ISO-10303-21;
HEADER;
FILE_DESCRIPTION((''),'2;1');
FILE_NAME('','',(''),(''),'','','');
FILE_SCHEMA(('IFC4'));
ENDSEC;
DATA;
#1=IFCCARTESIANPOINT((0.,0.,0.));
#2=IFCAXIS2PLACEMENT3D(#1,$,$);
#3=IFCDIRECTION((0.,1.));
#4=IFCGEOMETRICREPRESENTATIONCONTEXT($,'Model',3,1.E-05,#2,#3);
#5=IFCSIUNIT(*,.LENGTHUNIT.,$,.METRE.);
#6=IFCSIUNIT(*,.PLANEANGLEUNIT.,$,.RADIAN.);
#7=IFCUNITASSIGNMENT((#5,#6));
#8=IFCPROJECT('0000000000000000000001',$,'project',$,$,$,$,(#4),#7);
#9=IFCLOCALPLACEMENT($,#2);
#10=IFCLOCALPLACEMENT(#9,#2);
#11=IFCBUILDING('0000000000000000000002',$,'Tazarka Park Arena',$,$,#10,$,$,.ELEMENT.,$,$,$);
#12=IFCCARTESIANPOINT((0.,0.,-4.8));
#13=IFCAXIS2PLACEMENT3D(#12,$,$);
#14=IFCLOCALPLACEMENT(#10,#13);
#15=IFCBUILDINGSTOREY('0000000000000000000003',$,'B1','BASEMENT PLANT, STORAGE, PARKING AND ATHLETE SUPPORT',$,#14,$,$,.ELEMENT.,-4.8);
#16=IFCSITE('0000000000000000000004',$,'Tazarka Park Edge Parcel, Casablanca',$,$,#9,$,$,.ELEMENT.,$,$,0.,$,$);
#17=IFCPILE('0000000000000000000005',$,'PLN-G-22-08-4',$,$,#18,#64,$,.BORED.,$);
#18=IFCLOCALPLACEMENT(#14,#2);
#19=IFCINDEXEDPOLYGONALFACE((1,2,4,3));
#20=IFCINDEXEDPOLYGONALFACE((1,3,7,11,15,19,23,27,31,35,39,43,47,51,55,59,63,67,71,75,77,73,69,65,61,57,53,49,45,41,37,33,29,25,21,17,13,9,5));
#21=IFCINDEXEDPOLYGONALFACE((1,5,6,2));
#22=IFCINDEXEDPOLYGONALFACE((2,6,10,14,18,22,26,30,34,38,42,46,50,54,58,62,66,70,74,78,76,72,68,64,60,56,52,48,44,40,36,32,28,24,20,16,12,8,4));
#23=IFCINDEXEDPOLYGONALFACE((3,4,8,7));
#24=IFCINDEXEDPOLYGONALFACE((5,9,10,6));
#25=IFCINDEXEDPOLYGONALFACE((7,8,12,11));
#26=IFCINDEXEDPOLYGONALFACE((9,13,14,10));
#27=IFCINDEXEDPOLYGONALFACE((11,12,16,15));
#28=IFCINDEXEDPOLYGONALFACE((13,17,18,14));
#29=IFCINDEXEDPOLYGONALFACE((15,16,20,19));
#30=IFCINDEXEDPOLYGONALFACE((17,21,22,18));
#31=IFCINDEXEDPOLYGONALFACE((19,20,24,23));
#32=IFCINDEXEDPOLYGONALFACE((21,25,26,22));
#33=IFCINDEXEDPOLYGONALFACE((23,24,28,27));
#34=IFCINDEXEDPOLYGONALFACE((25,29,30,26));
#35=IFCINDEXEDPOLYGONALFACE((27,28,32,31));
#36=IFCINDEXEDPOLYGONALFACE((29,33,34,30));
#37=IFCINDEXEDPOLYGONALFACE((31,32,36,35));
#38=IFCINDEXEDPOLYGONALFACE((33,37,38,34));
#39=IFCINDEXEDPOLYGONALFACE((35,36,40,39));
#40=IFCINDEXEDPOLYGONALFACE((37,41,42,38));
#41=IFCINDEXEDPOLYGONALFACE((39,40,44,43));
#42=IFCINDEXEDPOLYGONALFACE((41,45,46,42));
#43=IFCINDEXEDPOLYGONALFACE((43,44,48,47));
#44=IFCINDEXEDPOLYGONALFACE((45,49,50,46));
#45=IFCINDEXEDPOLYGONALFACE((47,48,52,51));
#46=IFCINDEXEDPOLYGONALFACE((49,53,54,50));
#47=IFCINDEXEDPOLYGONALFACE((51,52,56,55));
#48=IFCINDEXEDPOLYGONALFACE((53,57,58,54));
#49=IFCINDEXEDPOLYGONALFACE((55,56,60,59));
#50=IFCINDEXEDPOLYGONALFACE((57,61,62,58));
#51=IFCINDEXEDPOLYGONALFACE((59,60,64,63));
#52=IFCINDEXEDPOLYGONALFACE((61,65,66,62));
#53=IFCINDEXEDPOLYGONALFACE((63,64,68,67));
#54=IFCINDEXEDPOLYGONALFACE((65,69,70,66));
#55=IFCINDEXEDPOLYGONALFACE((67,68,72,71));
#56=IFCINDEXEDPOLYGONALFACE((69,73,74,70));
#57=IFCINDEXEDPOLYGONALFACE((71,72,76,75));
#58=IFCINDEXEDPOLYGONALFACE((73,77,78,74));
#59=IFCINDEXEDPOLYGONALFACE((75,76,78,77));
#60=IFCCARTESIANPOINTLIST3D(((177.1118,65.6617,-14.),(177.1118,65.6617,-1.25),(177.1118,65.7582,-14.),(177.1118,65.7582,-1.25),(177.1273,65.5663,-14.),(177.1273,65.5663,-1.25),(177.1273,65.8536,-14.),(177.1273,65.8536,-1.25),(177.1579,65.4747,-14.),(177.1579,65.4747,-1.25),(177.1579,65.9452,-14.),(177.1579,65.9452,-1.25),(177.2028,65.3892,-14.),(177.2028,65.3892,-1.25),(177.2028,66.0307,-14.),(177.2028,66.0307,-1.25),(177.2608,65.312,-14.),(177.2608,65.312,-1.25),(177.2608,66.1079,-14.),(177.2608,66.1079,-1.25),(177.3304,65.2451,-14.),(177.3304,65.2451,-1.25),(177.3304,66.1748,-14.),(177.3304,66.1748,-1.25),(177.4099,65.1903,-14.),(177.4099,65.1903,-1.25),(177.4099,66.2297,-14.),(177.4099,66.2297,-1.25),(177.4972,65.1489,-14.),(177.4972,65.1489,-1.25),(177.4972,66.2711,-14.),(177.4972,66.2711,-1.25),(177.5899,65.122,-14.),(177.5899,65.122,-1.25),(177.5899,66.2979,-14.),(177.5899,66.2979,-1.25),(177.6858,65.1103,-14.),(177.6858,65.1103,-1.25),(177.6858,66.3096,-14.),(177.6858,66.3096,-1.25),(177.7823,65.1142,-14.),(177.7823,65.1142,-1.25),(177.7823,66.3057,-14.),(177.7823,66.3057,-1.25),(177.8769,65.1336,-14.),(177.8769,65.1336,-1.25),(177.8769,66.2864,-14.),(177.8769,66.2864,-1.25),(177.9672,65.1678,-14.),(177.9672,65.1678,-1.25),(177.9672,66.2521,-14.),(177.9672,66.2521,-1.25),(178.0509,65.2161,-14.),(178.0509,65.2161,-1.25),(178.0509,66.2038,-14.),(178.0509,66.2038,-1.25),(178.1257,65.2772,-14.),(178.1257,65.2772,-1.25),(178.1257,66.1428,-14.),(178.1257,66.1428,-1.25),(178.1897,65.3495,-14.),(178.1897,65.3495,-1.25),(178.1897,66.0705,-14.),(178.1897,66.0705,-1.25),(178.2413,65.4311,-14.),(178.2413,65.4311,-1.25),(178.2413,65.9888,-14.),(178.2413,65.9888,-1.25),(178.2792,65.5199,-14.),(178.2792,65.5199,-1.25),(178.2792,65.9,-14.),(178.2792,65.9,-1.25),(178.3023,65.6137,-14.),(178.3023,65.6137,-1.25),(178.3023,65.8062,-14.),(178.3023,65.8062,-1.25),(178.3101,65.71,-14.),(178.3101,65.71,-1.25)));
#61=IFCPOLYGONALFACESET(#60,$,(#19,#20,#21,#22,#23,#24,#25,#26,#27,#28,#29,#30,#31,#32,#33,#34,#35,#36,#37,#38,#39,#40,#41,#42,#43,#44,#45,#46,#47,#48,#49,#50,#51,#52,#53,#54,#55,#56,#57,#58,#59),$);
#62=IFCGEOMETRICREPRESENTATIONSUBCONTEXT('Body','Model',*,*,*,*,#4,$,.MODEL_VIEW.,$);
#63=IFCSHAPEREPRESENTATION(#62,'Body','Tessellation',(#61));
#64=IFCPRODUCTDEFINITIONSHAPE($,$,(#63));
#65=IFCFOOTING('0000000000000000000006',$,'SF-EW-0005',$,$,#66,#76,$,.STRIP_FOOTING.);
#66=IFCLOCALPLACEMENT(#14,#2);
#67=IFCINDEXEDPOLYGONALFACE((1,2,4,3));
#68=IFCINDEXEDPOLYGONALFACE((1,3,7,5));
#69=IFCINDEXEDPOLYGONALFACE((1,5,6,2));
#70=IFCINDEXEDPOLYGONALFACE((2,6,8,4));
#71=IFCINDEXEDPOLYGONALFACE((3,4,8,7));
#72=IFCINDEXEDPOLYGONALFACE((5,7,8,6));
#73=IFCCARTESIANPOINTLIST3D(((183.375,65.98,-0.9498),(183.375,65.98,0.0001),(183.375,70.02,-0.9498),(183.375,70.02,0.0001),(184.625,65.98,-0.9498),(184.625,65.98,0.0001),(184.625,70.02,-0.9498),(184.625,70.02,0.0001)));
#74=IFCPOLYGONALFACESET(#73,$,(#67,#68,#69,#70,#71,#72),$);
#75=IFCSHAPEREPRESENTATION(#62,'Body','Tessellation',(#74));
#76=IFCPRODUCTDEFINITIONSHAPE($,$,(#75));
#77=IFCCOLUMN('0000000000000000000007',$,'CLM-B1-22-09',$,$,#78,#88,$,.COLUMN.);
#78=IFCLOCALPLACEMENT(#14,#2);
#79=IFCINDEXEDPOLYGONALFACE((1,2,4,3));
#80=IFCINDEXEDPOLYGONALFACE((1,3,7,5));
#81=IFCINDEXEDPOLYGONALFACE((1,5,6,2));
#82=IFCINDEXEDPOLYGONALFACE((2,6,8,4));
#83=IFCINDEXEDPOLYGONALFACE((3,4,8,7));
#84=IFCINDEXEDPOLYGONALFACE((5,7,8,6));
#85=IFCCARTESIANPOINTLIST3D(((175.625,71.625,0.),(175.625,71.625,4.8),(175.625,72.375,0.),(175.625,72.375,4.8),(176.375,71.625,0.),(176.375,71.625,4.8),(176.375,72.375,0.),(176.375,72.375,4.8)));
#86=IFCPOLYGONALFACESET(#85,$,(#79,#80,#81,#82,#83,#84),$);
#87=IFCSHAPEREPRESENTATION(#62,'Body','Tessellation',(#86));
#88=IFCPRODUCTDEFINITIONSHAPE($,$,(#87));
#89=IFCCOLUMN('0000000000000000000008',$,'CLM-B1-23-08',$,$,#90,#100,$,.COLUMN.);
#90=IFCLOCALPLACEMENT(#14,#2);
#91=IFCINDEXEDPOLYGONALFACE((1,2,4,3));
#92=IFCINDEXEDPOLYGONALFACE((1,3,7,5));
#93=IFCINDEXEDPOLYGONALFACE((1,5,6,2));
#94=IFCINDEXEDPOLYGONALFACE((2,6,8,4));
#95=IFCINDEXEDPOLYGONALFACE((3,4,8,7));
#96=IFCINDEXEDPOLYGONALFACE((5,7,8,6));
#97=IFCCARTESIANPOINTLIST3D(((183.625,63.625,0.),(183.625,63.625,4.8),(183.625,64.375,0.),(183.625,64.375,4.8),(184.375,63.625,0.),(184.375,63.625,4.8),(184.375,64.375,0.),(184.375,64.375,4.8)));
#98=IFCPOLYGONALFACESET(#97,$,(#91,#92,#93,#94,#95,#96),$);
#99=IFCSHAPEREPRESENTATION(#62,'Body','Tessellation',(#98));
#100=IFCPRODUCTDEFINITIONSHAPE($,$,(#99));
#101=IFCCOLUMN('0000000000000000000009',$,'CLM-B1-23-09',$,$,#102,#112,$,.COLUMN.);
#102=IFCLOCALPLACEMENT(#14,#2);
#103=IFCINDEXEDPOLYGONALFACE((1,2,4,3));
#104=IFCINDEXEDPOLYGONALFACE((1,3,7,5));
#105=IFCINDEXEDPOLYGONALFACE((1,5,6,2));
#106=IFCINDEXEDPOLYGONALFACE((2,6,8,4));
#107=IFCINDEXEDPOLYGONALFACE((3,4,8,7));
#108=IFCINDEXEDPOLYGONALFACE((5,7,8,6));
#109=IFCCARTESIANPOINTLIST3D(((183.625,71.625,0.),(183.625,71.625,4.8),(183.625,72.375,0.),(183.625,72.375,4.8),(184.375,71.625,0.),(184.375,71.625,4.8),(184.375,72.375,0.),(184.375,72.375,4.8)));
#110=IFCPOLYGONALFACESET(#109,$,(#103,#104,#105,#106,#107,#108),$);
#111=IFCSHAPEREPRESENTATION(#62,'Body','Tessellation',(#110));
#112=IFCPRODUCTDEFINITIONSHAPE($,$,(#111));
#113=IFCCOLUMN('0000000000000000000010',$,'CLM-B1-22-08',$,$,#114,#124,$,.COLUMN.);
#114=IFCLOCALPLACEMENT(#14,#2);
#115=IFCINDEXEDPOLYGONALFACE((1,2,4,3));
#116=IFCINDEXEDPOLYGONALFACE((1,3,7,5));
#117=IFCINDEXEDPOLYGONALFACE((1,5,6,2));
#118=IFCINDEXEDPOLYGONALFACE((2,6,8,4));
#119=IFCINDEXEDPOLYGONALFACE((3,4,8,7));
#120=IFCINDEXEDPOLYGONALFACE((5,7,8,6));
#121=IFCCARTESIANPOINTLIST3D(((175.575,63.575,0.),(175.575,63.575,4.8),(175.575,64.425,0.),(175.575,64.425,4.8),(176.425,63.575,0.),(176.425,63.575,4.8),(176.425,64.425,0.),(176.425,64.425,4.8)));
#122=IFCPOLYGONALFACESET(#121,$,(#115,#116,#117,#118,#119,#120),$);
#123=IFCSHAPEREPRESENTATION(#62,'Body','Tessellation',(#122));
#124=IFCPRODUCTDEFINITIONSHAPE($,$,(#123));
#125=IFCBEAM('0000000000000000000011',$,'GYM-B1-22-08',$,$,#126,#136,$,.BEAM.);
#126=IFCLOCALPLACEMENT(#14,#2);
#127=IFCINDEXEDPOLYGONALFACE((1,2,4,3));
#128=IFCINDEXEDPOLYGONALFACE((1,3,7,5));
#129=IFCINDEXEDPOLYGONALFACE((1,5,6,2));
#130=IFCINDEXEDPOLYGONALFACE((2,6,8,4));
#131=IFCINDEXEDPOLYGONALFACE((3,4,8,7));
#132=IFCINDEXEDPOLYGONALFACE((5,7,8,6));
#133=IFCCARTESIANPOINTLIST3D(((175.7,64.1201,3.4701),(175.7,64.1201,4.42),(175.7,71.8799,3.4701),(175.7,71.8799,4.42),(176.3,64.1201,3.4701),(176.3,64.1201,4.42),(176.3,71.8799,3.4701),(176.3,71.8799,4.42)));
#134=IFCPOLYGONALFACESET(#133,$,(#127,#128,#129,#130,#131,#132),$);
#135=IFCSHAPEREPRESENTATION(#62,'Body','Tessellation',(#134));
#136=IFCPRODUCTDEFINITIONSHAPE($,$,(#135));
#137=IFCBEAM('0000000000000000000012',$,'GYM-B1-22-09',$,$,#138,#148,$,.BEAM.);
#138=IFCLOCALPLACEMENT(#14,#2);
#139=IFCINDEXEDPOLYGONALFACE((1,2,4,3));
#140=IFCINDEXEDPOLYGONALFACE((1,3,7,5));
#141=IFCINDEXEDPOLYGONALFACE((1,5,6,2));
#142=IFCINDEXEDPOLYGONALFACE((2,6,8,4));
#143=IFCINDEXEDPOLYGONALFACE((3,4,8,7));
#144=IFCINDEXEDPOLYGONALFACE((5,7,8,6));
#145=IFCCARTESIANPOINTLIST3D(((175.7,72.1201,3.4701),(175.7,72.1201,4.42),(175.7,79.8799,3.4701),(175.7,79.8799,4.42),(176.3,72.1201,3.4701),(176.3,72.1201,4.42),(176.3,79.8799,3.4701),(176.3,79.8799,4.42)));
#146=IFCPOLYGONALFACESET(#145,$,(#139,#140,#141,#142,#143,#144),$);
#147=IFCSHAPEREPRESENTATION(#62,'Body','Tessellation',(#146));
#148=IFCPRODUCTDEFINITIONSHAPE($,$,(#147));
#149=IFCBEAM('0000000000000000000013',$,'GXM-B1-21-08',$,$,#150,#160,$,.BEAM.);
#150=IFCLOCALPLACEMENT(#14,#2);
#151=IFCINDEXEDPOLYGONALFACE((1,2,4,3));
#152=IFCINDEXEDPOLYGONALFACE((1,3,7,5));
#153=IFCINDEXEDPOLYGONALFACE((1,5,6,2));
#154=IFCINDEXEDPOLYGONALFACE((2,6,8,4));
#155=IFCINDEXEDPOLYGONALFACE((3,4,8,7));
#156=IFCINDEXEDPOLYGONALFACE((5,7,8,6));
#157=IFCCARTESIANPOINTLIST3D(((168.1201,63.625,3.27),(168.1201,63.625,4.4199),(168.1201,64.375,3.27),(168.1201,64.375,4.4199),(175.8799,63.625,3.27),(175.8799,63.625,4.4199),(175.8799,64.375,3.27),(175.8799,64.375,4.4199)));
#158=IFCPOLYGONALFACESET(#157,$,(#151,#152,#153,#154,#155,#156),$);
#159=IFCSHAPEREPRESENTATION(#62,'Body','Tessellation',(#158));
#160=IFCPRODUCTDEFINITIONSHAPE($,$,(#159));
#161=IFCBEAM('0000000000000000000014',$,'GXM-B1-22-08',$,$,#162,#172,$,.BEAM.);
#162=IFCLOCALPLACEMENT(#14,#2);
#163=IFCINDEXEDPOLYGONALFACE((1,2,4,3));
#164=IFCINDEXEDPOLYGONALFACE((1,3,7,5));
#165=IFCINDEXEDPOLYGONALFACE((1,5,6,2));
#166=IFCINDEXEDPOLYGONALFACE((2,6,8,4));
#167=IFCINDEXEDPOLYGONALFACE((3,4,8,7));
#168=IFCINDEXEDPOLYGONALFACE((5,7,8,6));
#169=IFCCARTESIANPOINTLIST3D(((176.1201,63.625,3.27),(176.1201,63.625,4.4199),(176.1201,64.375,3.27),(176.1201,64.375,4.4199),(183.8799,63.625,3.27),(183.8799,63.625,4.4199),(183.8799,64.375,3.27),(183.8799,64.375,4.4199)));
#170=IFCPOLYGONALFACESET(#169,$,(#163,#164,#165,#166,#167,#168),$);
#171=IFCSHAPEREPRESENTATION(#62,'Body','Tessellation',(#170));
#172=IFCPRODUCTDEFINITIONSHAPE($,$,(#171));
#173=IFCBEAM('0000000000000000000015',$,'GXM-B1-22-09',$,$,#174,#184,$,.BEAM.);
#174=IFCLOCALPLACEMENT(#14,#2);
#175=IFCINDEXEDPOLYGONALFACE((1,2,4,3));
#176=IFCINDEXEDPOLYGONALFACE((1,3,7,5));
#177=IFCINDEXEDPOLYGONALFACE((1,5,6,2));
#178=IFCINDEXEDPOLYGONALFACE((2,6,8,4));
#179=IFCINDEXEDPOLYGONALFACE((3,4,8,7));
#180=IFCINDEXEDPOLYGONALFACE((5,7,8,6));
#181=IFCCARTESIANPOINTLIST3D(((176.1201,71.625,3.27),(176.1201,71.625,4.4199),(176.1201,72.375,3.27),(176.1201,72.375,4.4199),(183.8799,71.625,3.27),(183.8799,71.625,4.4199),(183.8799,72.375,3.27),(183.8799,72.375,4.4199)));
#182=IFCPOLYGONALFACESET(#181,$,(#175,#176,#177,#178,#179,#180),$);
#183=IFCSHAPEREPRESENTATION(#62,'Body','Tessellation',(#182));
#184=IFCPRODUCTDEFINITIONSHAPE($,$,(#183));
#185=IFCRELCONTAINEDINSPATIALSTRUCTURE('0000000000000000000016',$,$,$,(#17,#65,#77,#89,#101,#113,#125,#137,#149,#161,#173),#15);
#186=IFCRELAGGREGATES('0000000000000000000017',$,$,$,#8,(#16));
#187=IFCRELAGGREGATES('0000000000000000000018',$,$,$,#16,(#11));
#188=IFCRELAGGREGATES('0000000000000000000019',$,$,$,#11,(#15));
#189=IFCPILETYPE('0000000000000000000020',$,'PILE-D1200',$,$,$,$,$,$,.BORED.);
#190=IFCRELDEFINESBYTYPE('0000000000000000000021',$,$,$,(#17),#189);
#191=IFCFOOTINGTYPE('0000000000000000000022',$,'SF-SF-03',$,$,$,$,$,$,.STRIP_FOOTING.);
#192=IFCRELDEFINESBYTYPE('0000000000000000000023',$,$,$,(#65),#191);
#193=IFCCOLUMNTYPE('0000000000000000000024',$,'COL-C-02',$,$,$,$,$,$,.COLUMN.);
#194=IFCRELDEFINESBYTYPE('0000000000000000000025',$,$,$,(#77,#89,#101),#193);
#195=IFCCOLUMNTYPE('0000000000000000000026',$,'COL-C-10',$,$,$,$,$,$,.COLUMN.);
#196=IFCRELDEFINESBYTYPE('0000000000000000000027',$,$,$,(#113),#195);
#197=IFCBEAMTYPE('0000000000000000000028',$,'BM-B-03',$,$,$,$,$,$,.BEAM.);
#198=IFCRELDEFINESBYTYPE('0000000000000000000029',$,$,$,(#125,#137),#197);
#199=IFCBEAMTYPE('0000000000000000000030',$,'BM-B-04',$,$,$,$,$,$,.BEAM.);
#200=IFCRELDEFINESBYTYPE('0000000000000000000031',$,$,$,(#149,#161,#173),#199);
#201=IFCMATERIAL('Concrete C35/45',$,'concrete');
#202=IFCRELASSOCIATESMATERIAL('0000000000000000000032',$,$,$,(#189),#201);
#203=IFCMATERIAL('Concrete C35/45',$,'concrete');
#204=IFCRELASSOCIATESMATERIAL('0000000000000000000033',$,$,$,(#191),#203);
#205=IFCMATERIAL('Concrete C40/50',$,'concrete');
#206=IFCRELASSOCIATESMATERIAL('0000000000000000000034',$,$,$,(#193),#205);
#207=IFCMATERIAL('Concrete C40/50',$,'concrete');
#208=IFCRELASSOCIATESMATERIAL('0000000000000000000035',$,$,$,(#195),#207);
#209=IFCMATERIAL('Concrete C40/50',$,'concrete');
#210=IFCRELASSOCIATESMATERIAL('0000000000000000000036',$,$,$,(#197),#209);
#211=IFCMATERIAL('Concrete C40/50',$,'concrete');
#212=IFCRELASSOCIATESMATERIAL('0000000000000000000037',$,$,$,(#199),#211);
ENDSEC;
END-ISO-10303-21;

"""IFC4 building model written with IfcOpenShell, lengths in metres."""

from ifc_helpers import new_model, si_unit, direction, frame, origin, origin_2d, place, context, subcontext, project, spatial, rectangle, circle, extrude, material, material_profile, profile_set, type_object, element, save


model = new_model("IFC4")

# Units and contexts
model_context = context("Model", 3, precision=1e-05, world=origin(), true_north=direction((0.0, 1.0)))
body_context = subcontext(model_context, "Body", "Model", "MODEL_VIEW")
ifc_project = project(units=[si_unit("LENGTHUNIT", "METRE"), si_unit("PLANEANGLEUNIT", "RADIAN")], contexts=[model_context])

# Site, building, storey
site_placement = place(None, origin())
site = spatial("IfcSite", under=ifc_project, at=site_placement, Name="Tazarka Park Edge Parcel, Casablanca", CompositionType="ELEMENT", RefElevation=0.0)
building_placement = place(site_placement, origin())
building = spatial("IfcBuilding", under=site, at=building_placement, Name="Tazarka Park Arena", CompositionType="ELEMENT")
storey_placement = place(building_placement, frame((0.0, 0.0, -4.8)))
storey = spatial("IfcBuildingStorey", under=building, at=storey_placement, Name="B1", Description="BASEMENT PLANT, STORAGE, PARKING AND ATHLETE SUPPORT", CompositionType="ELEMENT", Elevation=-4.8)

# Pile
ifc_material_1 = material(Name="Concrete C35/45", Category="concrete")
ifc_material_profile_1 = material_profile(ifc_material_1, circle(Radius=0.6001, at=origin_2d()), Name="Concrete C35/45")
ifc_profile_set_1 = profile_set([ifc_material_profile_1], Name="Concrete C35/45")
pile_type = type_object("IfcPileType", Name="PILE-D1200", PredefinedType="BORED", material=ifc_profile_set_1)
for number, where, z_axis, x_axis, name in (
    (1, (177.71, 65.71, -1.25), (0.0, 0.0, -1.0), (1.0, 0.0, 0.0), "PLN-G-22-08-4"),
):
    element("IfcPile", number, at=place(storey_placement, frame(where, z_axis=z_axis, x_axis=x_axis)), inside=storey, type_object=pile_type, Name=name, PredefinedType="BORED", context=body_context, shape_type="SweptSolid", body=[
        extrude(circle(Radius=0.6001, at=origin_2d()), origin(), (0.0, 0.0, 1.0), 12.75),
    ])

# Footing
ifc_material_2 = material(Name="Concrete C35/45", Category="concrete")
ifc_material_profile_2 = material_profile(ifc_material_2, rectangle(XDim=1.25, YDim=0.95, at=origin_2d()), Name="Concrete C35/45")
ifc_profile_set_2 = profile_set([ifc_material_profile_2], Name="Concrete C35/45")
footing_type_1 = type_object("IfcFootingType", Name="SF-SF-03", PredefinedType="STRIP_FOOTING", material=ifc_profile_set_2)
footing_1_placement = place(storey_placement, frame((184.0, 70.02, -0.4749), z_axis=(0.0, -1.0, 0.0), x_axis=(1.0, 0.0, 0.0)))
element("IfcFooting", 2, at=footing_1_placement, inside=storey, type_object=footing_type_1, Name="SF-EW-0005", PredefinedType="STRIP_FOOTING", context=body_context, shape_type="SweptSolid", body=[
    extrude(rectangle(XDim=1.25, YDim=0.95, at=origin_2d()), origin(), (0.0, 0.0, 1.0), 4.04),
])

# Columns
ifc_material_3 = material(Name="Concrete C40/50", Category="concrete")
ifc_material_profile_3 = material_profile(ifc_material_3, rectangle(XDim=0.75, YDim=0.75, at=origin_2d()), Name="Concrete C40/50")
ifc_profile_set_3 = profile_set([ifc_material_profile_3], Name="Concrete C40/50")
column_type_1 = type_object("IfcColumnType", Name="COL-C-02", PredefinedType="COLUMN", material=ifc_profile_set_3)
for number, where, z_axis, x_axis, name in (
    (3, (176.0, 72.0, 0.0), (0.0, 0.0, 1.0), (1.0, 0.0, 0.0), "CLM-B1-22-09"),
    (4, (184.0, 64.0, 0.0), (0.0, 0.0, 1.0), (1.0, 0.0, 0.0), "CLM-B1-23-08"),
    (5, (184.0, 72.0, 0.0), (0.0, 0.0, 1.0), (1.0, 0.0, 0.0), "CLM-B1-23-09"),
):
    element("IfcColumn", number, at=place(storey_placement, frame(where, z_axis=z_axis, x_axis=x_axis)), inside=storey, type_object=column_type_1, Name=name, PredefinedType="COLUMN", context=body_context, shape_type="SweptSolid", body=[
        extrude(rectangle(XDim=0.75, YDim=0.75, at=origin_2d()), origin(), (0.0, 0.0, 1.0), 4.8),
    ])
ifc_material_4 = material(Name="Concrete C40/50", Category="concrete")
ifc_material_profile_4 = material_profile(ifc_material_4, rectangle(XDim=0.8501, YDim=0.8501, at=origin_2d()), Name="Concrete C40/50")
ifc_profile_set_4 = profile_set([ifc_material_profile_4], Name="Concrete C40/50")
column_type_2 = type_object("IfcColumnType", Name="COL-C-10", PredefinedType="COLUMN", material=ifc_profile_set_4)
column_placement = place(storey_placement, frame((176.0, 64.0, 0.0), z_axis=(0.0, 0.0, 1.0), x_axis=(1.0, 0.0, 0.0)))
element("IfcColumn", 6, at=column_placement, inside=storey, type_object=column_type_2, Name="CLM-B1-22-08", PredefinedType="COLUMN", context=body_context, shape_type="SweptSolid", body=[
    extrude(rectangle(XDim=0.8501, YDim=0.8501, at=origin_2d()), origin(), (0.0, 0.0, 1.0), 4.8),
])

# Beams
ifc_material_5 = material(Name="Concrete C40/50", Category="concrete")
ifc_material_profile_5 = material_profile(ifc_material_5, rectangle(XDim=0.6001, YDim=0.95, at=origin_2d()), Name="Concrete C40/50")
ifc_profile_set_5 = profile_set([ifc_material_profile_5], Name="Concrete C40/50")
beam_type_1 = type_object("IfcBeamType", Name="BM-B-03", PredefinedType="BEAM", material=ifc_profile_set_5)
for number, where, z_axis, x_axis, name in (
    (7, (176.0, 64.1201, 3.9451), (0.0, 1.0, 0.0), (-1.0, 0.0, 0.0), "GYM-B1-22-08"),
    (8, (176.0, 72.1201, 3.9451), (0.0, 1.0, 0.0), (-1.0, 0.0, 0.0), "GYM-B1-22-09"),
):
    element("IfcBeam", number, at=place(storey_placement, frame(where, z_axis=z_axis, x_axis=x_axis)), inside=storey, type_object=beam_type_1, Name=name, PredefinedType="BEAM", context=body_context, shape_type="SweptSolid", body=[
        extrude(rectangle(XDim=0.6001, YDim=0.95, at=origin_2d()), origin(), (0.0, 0.0, 1.0), 7.7598),
    ])
ifc_material_6 = material(Name="Concrete C40/50", Category="concrete")
ifc_material_profile_6 = material_profile(ifc_material_6, rectangle(XDim=0.75, YDim=1.1499, at=origin_2d()), Name="Concrete C40/50")
ifc_profile_set_6 = profile_set([ifc_material_profile_6], Name="Concrete C40/50")
beam_type_2 = type_object("IfcBeamType", Name="BM-B-04", PredefinedType="BEAM", material=ifc_profile_set_6)
for number, where, z_axis, x_axis, name in (
    (9, (168.1201, 64.0, 3.845), (1.0, 0.0, 0.0), (0.0, 1.0, 0.0), "GXM-B1-21-08"),
    (10, (176.1201, 64.0, 3.845), (1.0, 0.0, 0.0), (0.0, 1.0, 0.0), "GXM-B1-22-08"),
    (11, (176.1201, 72.0, 3.845), (1.0, 0.0, 0.0), (0.0, 1.0, 0.0), "GXM-B1-22-09"),
):
    element("IfcBeam", number, at=place(storey_placement, frame(where, z_axis=z_axis, x_axis=x_axis)), inside=storey, type_object=beam_type_2, Name=name, PredefinedType="BEAM", context=body_context, shape_type="SweptSolid", body=[
        extrude(rectangle(XDim=0.75, YDim=1.1499, at=origin_2d()), origin(), (0.0, 0.0, 1.0), 7.7598),
    ])

save(model, "model.ifc")
